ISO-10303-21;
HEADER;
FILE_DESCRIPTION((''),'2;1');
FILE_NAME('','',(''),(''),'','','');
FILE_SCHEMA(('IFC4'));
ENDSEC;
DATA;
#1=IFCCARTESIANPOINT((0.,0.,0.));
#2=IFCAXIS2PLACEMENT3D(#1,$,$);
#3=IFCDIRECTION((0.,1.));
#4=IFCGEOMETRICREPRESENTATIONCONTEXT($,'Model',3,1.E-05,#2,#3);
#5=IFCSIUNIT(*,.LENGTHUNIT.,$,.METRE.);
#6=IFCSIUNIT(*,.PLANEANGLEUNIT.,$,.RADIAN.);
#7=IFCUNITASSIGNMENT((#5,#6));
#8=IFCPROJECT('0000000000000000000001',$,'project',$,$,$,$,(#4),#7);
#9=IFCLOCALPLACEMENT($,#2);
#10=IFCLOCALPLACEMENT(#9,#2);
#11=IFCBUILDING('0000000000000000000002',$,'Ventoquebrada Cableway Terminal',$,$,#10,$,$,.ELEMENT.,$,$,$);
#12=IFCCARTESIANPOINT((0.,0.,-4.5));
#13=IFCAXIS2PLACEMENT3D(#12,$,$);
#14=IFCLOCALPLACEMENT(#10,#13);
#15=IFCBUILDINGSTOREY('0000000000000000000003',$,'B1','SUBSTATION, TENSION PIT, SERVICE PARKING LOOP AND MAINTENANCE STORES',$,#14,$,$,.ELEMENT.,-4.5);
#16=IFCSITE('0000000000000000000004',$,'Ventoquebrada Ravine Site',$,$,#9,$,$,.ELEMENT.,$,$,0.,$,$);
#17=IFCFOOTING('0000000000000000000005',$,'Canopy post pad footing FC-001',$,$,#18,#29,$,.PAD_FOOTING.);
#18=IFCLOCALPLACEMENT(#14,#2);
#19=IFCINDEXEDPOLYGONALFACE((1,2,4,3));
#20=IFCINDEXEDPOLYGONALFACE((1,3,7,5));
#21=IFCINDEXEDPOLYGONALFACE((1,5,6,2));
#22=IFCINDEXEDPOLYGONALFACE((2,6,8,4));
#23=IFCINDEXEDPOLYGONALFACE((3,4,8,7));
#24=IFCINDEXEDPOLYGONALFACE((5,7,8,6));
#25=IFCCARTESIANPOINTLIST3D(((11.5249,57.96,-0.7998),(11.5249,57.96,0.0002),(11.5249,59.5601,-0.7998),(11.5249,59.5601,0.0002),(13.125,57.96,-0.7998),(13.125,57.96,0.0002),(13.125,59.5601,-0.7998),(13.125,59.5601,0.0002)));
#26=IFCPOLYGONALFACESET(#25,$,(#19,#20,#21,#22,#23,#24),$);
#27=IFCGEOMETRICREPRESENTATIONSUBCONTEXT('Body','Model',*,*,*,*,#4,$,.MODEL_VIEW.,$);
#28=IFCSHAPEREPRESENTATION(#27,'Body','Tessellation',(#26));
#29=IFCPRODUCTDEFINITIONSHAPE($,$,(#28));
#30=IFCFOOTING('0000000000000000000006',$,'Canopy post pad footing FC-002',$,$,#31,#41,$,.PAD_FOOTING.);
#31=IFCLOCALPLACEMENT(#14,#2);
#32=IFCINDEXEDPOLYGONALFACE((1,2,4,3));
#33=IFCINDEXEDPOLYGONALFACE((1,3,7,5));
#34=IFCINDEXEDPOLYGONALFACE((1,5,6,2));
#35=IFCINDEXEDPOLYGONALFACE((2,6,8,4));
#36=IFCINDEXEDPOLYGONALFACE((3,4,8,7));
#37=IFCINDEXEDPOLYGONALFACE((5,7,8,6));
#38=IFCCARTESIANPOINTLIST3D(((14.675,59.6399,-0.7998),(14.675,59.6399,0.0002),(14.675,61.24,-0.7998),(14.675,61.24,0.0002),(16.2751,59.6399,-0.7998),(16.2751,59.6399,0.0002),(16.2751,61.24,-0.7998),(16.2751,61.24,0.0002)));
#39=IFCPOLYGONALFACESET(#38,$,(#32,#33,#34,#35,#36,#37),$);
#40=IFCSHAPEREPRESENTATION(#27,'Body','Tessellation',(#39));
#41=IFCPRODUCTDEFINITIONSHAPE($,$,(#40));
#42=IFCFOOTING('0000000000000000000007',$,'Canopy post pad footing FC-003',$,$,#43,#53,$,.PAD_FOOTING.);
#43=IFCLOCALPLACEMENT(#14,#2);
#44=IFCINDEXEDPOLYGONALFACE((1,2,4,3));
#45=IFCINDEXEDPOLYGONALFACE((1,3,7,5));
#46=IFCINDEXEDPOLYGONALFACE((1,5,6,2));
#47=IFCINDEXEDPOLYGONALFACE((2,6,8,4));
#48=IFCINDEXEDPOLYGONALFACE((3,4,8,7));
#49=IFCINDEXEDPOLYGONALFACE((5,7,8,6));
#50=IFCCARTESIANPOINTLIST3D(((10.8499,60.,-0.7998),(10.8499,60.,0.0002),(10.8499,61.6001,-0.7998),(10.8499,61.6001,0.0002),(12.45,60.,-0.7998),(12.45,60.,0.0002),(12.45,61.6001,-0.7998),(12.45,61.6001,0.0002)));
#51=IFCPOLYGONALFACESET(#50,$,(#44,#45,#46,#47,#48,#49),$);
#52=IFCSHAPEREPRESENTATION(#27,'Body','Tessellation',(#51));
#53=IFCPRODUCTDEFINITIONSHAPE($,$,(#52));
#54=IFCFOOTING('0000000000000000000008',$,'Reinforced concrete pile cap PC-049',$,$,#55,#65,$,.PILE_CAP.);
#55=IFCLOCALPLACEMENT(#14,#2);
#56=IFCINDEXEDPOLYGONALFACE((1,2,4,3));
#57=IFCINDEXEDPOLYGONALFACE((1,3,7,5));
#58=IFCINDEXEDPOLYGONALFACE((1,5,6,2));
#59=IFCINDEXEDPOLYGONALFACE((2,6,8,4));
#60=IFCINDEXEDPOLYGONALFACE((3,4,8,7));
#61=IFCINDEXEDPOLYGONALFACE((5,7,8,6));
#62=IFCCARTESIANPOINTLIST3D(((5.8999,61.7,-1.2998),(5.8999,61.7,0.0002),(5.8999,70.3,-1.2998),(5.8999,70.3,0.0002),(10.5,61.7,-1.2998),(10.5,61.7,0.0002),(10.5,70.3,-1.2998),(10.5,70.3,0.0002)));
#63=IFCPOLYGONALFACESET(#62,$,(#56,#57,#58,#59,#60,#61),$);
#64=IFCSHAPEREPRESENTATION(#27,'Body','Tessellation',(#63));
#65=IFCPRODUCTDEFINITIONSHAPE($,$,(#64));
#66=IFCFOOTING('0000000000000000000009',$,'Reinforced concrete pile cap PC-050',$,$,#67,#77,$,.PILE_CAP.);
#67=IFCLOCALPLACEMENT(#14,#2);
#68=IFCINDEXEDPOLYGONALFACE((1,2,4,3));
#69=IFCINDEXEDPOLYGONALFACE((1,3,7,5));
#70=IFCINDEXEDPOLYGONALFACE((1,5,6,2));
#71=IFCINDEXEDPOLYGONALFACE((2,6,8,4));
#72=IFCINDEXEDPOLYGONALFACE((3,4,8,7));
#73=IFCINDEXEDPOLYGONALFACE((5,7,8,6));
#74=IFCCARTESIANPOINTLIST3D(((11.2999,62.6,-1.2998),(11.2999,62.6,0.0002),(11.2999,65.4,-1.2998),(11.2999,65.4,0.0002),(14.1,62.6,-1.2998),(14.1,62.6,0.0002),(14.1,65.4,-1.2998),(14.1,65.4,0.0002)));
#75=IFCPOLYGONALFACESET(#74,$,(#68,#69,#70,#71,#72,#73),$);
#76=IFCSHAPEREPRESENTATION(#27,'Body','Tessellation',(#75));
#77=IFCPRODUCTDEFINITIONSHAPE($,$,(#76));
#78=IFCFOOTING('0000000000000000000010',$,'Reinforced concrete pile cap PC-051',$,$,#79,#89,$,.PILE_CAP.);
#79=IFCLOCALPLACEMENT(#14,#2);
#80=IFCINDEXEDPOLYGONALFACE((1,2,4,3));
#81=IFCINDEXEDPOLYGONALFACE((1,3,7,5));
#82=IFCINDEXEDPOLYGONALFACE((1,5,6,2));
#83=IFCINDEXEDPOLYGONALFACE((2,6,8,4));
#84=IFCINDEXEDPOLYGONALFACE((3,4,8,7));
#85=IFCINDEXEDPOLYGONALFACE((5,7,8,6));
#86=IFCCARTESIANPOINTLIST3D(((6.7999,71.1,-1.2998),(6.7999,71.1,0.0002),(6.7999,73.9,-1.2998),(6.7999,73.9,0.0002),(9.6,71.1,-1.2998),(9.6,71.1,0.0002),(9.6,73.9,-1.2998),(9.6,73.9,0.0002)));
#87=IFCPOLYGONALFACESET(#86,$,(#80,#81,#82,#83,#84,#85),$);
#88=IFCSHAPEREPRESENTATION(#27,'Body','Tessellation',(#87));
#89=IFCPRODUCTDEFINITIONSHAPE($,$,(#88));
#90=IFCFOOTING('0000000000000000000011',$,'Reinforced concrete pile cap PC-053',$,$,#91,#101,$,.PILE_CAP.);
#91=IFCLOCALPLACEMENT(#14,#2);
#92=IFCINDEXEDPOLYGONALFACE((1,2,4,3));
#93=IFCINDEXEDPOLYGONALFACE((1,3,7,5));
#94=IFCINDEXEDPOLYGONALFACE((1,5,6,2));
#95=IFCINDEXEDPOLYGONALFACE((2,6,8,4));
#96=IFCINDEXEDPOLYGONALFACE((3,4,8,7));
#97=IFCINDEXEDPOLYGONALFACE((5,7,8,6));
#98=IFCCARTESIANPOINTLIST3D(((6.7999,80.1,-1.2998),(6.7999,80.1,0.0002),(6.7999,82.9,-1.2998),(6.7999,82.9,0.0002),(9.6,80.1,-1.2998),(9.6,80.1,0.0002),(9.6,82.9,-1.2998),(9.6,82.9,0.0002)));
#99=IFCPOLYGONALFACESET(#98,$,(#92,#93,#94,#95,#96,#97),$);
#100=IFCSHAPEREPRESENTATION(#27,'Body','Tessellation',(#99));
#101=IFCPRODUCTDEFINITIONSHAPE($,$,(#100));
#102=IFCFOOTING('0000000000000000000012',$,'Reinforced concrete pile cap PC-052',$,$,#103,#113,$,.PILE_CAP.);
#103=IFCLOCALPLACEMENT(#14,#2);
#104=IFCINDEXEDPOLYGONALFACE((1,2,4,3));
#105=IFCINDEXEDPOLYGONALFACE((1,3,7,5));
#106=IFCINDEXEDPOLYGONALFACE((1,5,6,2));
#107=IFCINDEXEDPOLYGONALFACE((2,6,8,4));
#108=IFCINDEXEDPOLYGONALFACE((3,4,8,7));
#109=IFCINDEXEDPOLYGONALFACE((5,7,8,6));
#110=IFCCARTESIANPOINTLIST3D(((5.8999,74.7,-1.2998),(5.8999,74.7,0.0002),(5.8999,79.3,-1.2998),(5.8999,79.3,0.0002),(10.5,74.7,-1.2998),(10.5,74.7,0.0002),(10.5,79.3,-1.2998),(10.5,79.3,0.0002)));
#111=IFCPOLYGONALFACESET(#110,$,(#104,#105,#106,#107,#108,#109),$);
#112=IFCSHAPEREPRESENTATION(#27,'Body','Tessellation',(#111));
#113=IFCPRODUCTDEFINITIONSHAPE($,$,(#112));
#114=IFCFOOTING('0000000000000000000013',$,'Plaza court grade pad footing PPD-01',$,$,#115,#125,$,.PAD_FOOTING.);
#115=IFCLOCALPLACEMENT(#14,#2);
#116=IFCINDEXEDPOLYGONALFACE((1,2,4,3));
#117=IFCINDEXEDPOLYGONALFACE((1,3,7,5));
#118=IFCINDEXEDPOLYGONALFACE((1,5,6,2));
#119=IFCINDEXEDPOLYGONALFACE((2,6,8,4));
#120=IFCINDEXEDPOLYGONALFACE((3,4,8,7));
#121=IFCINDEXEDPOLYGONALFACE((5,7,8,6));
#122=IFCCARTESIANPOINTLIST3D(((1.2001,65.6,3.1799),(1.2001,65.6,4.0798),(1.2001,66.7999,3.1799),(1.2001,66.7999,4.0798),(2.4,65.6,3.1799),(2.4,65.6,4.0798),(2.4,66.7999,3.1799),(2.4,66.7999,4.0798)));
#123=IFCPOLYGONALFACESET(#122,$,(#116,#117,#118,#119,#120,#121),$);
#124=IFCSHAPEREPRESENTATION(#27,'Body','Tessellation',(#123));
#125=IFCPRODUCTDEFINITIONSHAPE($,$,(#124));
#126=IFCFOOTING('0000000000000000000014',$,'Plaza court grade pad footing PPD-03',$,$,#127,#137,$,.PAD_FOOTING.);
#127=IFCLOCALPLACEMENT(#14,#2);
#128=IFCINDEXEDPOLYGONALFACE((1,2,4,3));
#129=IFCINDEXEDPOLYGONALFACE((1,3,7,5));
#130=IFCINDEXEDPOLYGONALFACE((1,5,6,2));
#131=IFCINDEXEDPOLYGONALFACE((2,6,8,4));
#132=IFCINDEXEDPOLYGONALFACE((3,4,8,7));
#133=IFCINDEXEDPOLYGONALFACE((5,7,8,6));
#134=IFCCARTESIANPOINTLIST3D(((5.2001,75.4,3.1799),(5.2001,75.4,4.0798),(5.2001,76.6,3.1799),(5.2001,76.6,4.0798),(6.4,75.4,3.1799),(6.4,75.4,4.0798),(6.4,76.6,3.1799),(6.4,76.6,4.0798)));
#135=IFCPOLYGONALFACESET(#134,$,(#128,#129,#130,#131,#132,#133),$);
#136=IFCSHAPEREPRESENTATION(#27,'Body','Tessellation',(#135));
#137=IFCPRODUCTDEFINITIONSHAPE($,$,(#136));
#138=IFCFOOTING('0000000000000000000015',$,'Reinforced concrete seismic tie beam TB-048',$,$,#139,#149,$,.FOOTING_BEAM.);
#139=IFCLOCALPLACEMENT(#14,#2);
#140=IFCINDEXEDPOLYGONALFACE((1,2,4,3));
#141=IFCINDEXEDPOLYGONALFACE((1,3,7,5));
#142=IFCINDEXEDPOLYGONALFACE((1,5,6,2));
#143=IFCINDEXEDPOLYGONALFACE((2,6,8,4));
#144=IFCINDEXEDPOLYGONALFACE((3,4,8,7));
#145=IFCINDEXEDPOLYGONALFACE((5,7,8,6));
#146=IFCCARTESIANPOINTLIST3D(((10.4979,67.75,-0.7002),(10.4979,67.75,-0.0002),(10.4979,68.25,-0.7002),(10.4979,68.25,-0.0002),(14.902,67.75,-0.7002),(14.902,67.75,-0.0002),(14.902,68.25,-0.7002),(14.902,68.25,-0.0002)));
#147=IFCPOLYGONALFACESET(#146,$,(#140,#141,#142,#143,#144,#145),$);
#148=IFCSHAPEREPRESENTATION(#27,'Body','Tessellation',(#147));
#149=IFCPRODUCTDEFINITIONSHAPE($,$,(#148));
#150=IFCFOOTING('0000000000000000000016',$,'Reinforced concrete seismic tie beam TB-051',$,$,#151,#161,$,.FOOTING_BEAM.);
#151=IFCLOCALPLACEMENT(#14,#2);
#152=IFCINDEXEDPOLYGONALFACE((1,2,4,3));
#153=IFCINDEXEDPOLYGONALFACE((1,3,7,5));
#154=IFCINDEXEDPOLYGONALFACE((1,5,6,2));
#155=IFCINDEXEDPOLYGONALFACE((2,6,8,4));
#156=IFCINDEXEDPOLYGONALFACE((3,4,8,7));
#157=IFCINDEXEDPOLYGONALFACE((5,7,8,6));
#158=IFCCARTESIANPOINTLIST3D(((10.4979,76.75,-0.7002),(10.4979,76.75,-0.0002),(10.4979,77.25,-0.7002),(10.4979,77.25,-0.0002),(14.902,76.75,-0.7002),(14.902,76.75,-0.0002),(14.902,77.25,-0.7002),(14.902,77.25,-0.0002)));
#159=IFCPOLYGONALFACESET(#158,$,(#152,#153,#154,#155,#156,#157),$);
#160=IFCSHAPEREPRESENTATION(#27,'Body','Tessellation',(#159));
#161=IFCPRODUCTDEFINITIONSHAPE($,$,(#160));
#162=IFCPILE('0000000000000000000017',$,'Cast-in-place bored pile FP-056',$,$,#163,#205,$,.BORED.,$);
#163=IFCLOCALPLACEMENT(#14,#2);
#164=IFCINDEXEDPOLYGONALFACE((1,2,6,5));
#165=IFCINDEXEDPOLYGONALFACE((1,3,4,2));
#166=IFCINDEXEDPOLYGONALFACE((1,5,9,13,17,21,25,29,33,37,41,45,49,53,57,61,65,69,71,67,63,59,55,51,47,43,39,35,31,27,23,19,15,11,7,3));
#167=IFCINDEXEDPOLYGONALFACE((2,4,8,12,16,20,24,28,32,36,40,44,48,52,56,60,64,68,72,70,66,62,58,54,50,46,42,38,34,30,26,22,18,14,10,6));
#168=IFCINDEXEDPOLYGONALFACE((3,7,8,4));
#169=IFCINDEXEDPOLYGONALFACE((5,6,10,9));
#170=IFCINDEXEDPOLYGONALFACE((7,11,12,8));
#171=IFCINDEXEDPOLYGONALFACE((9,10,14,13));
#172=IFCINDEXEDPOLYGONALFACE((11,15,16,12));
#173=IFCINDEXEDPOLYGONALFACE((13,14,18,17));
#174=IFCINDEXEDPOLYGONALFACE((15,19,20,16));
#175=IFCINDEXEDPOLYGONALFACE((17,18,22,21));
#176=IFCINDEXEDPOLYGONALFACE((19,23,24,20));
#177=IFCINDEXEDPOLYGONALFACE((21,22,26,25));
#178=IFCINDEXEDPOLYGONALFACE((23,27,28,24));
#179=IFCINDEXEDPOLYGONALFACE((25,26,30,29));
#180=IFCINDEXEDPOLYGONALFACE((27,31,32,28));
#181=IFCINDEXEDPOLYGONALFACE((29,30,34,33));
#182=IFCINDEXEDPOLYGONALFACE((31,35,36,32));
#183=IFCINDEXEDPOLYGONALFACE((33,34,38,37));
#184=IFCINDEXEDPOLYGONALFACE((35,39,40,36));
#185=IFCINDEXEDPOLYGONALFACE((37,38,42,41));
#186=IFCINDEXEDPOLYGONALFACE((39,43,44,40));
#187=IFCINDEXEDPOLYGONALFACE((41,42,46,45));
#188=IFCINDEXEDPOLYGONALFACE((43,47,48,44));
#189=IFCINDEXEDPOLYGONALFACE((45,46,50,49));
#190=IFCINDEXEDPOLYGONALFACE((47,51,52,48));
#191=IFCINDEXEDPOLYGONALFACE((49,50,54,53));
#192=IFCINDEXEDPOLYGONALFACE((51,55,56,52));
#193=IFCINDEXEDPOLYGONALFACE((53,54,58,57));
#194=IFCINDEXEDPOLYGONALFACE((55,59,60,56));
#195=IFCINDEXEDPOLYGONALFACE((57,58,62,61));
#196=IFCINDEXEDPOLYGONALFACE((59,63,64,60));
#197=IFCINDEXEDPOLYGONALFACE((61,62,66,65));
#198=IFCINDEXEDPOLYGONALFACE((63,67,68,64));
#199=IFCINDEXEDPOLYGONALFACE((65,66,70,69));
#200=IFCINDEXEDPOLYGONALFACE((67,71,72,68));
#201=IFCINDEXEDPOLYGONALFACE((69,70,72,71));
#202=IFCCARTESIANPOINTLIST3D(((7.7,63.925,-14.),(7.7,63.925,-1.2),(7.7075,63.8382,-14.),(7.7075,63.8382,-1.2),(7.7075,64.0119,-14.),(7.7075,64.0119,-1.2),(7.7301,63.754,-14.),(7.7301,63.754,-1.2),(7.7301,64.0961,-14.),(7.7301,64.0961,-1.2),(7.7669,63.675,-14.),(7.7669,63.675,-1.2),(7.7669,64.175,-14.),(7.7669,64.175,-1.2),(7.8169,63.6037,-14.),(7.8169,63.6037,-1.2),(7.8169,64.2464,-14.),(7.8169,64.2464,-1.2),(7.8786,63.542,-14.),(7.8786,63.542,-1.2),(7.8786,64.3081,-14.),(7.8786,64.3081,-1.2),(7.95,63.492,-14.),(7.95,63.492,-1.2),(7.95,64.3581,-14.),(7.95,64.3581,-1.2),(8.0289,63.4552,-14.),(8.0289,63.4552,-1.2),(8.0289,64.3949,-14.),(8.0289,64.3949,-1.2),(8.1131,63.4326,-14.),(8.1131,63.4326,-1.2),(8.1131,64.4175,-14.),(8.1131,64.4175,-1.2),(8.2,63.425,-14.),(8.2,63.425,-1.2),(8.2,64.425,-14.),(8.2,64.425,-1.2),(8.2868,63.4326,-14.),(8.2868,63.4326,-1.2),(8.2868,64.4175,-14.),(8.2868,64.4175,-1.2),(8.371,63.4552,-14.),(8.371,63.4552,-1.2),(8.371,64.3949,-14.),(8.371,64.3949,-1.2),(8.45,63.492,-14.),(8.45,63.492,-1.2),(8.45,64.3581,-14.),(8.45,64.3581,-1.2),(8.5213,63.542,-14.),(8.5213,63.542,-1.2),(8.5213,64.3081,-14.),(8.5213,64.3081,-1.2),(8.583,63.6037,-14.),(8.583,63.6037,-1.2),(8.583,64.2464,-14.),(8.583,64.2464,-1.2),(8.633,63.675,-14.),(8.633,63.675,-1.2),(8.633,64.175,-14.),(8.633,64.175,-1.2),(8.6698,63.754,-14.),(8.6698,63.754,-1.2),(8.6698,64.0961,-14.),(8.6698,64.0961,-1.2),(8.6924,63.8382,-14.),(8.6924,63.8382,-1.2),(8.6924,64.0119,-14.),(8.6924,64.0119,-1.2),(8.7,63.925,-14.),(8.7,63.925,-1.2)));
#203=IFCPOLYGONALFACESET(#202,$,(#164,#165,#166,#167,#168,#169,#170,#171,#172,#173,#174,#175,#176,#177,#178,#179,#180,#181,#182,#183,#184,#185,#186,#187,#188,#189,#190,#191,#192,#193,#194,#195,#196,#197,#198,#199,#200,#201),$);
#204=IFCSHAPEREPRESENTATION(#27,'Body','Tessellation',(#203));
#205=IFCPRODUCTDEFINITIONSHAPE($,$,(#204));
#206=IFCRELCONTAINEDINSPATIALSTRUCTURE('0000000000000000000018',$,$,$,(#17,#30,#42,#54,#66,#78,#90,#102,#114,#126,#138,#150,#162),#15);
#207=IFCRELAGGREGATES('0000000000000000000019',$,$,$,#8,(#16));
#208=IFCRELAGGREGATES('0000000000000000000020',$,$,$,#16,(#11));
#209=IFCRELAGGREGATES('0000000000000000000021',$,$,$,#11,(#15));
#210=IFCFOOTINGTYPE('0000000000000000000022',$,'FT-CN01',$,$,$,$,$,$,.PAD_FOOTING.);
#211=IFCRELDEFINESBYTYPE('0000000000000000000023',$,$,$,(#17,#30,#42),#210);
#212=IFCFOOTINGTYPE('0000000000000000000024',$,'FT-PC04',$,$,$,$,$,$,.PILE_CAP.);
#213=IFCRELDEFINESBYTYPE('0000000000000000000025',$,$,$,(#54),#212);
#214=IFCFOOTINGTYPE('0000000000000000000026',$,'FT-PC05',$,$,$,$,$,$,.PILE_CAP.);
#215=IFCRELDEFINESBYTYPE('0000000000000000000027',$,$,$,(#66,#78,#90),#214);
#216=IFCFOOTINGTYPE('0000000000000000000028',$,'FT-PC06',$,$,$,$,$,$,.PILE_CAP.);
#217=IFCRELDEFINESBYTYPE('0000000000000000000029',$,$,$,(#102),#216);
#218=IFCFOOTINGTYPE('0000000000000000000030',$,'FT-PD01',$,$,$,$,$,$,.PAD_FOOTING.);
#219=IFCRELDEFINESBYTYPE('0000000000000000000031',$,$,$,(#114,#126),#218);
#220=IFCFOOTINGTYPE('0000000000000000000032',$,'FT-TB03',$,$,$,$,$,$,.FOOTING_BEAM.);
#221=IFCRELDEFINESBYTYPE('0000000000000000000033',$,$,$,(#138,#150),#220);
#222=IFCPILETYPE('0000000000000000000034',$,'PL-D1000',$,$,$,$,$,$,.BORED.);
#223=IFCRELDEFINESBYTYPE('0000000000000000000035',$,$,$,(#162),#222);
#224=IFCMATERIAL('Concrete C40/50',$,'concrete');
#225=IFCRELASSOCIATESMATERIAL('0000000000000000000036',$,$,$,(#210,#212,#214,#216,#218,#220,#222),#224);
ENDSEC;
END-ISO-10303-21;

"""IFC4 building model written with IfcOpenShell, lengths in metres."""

from ifc_helpers import new_model, si_unit, direction, frame, origin, origin_2d, place, context, subcontext, project, spatial, rectangle, circle, extrude, material, material_profile, profile_set, type_object, element, save


model = new_model("IFC4")

# Units and contexts
model_context = context("Model", 3, precision=1e-05, world=origin(), true_north=direction((0.0, 1.0)))
body_context = subcontext(model_context, "Body", "Model", "MODEL_VIEW")
ifc_project = project(units=[si_unit("LENGTHUNIT", "METRE"), si_unit("PLANEANGLEUNIT", "RADIAN")], contexts=[model_context])

# Site, building, storey
site_placement = place(None, origin())
site = spatial("IfcSite", under=ifc_project, at=site_placement, Name="Ventoquebrada Ravine Site", CompositionType="ELEMENT", RefElevation=0.0)
building_placement = place(site_placement, origin())
building = spatial("IfcBuilding", under=site, at=building_placement, Name="Ventoquebrada Cableway Terminal", CompositionType="ELEMENT")
storey_placement = place(building_placement, frame((0.0, 0.0, -4.5)))
storey = spatial("IfcBuildingStorey", under=building, at=storey_placement, Name="B1", Description="SUBSTATION, TENSION PIT, SERVICE PARKING LOOP AND MAINTENANCE STORES", CompositionType="ELEMENT", Elevation=-4.5)

# Footings
ifc_material_1 = material(Name="Concrete C40/50", Category="concrete")
footing_type_1 = type_object("IfcFootingType", Name="FT-CN01", PredefinedType="PAD_FOOTING", material=ifc_material_1)
for number, where, z_axis, x_axis, name in (
    (1, (12.325, 58.76, -0.7998), (0.0, 0.0, 1.0), (1.0, 0.0, 0.0), "Canopy post pad footing FC-001"),
    (2, (15.4751, 60.4399, -0.7998), (0.0, 0.0, 1.0), (1.0, 0.0, 0.0), "Canopy post pad footing FC-002"),
    (3, (11.6499, 60.8, -0.7998), (0.0, 0.0, 1.0), (1.0, 0.0, 0.0), "Canopy post pad footing FC-003"),
):
    element("IfcFooting", number, at=place(storey_placement, frame(where, z_axis=z_axis, x_axis=x_axis)), inside=storey, type_object=footing_type_1, Name=name, PredefinedType="PAD_FOOTING", context=body_context, shape_type="SweptSolid", body=[
        extrude(rectangle(XDim=1.6001, YDim=1.6001, at=origin_2d()), origin(), (0.0, 0.0, 1.0), 0.8),
    ])
footing_type_2 = type_object("IfcFootingType", Name="FT-PC04", PredefinedType="PILE_CAP", material=ifc_material_1)
footing_1_placement = place(storey_placement, frame((8.2, 66.0, -1.2998), z_axis=(0.0, 0.0, 1.0), x_axis=(1.0, 0.0, 0.0)))
element("IfcFooting", 4, at=footing_1_placement, inside=storey, type_object=footing_type_2, Name="Reinforced concrete pile cap PC-049", PredefinedType="PILE_CAP", context=body_context, shape_type="SweptSolid", body=[
    extrude(rectangle(XDim=4.6001, YDim=8.6001, at=origin_2d()), origin(), (0.0, 0.0, 1.0), 1.3),
])
footing_type_3 = type_object("IfcFootingType", Name="FT-PC05", PredefinedType="PILE_CAP", material=ifc_material_1)
for number, where, z_axis, x_axis, name in (
    (5, (12.7, 64.0, -1.2998), (0.0, 0.0, 1.0), (1.0, 0.0, 0.0), "Reinforced concrete pile cap PC-050"),
    (6, (8.2, 72.5, -1.2998), (0.0, 0.0, 1.0), (1.0, 0.0, 0.0), "Reinforced concrete pile cap PC-051"),
    (7, (8.2, 81.5, -1.2998), (0.0, 0.0, 1.0), (1.0, 0.0, 0.0), "Reinforced concrete pile cap PC-053"),
):
    element("IfcFooting", number, at=place(storey_placement, frame(where, z_axis=z_axis, x_axis=x_axis)), inside=storey, type_object=footing_type_3, Name=name, PredefinedType="PILE_CAP", context=body_context, shape_type="SweptSolid", body=[
        extrude(rectangle(XDim=2.8, YDim=2.8, at=origin_2d()), origin(), (0.0, 0.0, 1.0), 1.3),
    ])
footing_type_4 = type_object("IfcFootingType", Name="FT-PC06", PredefinedType="PILE_CAP", material=ifc_material_1)
footing_2_placement = place(storey_placement, frame((8.2, 77.0, -1.2998), z_axis=(0.0, 0.0, 1.0), x_axis=(1.0, 0.0, 0.0)))
element("IfcFooting", 8, at=footing_2_placement, inside=storey, type_object=footing_type_4, Name="Reinforced concrete pile cap PC-052", PredefinedType="PILE_CAP", context=body_context, shape_type="SweptSolid", body=[
    extrude(rectangle(XDim=4.6001, YDim=4.6001, at=origin_2d()), origin(), (0.0, 0.0, 1.0), 1.3),
])
footing_type_5 = type_object("IfcFootingType", Name="FT-PD01", PredefinedType="PAD_FOOTING", material=ifc_material_1)
for number, where, z_axis, x_axis, name in (
    (9, (1.8, 66.2, 3.1799), (0.0, 0.0, 1.0), (1.0, 0.0, 0.0), "Plaza court grade pad footing PPD-01"),
    (10, (5.8, 76.0, 3.1799), (0.0, 0.0, 1.0), (1.0, 0.0, 0.0), "Plaza court grade pad footing PPD-03"),
):
    element("IfcFooting", number, at=place(storey_placement, frame(where, z_axis=z_axis, x_axis=x_axis)), inside=storey, type_object=footing_type_5, Name=name, PredefinedType="PAD_FOOTING", context=body_context, shape_type="SweptSolid", body=[
        extrude(rectangle(XDim=1.2, YDim=1.2, at=origin_2d()), origin(), (0.0, 0.0, 1.0), 0.8999),
    ])
footing_type_6 = type_object("IfcFootingType", Name="FT-TB03", PredefinedType="FOOTING_BEAM", material=ifc_material_1)
for number, where, z_axis, x_axis, name in (
    (11, (12.7, 68.0, -0.7002), (0.0, 0.0, 1.0), (1.0, 0.0, 0.0), "Reinforced concrete seismic tie beam TB-048"),
    (12, (12.7, 77.0, -0.7002), (0.0, 0.0, 1.0), (1.0, 0.0, 0.0), "Reinforced concrete seismic tie beam TB-051"),
):
    element("IfcFooting", number, at=place(storey_placement, frame(where, z_axis=z_axis, x_axis=x_axis)), inside=storey, type_object=footing_type_6, Name=name, PredefinedType="FOOTING_BEAM", context=body_context, shape_type="SweptSolid", body=[
        extrude(rectangle(XDim=4.4041, YDim=0.5, at=origin_2d()), origin(), (0.0, 0.0, 1.0), 0.7),
    ])

# Pile
ifc_material_profile_1 = material_profile(ifc_material_1, circle(Radius=0.5, at=origin_2d()), Name="PILE-D1000")
ifc_profile_set_1 = profile_set([ifc_material_profile_1], Name="Concrete C40/50")
pile_type = type_object("IfcPileType", Name="PL-D1000", PredefinedType="BORED", material=ifc_profile_set_1)
pile_1_placement = place(storey_placement, frame((8.2, 63.925, -1.2), z_axis=(0.0, 0.0, -1.0), x_axis=(1.0, 0.0, 0.0)))
element("IfcPile", 13, at=pile_1_placement, inside=storey, type_object=pile_type, Name="Cast-in-place bored pile FP-056", PredefinedType="BORED", context=body_context, shape_type="SweptSolid", body=[
    extrude(circle(Radius=0.5, at=origin_2d()), origin(), (0.0, 0.0, 1.0), 12.8),
])

save(model, "model.ifc")
